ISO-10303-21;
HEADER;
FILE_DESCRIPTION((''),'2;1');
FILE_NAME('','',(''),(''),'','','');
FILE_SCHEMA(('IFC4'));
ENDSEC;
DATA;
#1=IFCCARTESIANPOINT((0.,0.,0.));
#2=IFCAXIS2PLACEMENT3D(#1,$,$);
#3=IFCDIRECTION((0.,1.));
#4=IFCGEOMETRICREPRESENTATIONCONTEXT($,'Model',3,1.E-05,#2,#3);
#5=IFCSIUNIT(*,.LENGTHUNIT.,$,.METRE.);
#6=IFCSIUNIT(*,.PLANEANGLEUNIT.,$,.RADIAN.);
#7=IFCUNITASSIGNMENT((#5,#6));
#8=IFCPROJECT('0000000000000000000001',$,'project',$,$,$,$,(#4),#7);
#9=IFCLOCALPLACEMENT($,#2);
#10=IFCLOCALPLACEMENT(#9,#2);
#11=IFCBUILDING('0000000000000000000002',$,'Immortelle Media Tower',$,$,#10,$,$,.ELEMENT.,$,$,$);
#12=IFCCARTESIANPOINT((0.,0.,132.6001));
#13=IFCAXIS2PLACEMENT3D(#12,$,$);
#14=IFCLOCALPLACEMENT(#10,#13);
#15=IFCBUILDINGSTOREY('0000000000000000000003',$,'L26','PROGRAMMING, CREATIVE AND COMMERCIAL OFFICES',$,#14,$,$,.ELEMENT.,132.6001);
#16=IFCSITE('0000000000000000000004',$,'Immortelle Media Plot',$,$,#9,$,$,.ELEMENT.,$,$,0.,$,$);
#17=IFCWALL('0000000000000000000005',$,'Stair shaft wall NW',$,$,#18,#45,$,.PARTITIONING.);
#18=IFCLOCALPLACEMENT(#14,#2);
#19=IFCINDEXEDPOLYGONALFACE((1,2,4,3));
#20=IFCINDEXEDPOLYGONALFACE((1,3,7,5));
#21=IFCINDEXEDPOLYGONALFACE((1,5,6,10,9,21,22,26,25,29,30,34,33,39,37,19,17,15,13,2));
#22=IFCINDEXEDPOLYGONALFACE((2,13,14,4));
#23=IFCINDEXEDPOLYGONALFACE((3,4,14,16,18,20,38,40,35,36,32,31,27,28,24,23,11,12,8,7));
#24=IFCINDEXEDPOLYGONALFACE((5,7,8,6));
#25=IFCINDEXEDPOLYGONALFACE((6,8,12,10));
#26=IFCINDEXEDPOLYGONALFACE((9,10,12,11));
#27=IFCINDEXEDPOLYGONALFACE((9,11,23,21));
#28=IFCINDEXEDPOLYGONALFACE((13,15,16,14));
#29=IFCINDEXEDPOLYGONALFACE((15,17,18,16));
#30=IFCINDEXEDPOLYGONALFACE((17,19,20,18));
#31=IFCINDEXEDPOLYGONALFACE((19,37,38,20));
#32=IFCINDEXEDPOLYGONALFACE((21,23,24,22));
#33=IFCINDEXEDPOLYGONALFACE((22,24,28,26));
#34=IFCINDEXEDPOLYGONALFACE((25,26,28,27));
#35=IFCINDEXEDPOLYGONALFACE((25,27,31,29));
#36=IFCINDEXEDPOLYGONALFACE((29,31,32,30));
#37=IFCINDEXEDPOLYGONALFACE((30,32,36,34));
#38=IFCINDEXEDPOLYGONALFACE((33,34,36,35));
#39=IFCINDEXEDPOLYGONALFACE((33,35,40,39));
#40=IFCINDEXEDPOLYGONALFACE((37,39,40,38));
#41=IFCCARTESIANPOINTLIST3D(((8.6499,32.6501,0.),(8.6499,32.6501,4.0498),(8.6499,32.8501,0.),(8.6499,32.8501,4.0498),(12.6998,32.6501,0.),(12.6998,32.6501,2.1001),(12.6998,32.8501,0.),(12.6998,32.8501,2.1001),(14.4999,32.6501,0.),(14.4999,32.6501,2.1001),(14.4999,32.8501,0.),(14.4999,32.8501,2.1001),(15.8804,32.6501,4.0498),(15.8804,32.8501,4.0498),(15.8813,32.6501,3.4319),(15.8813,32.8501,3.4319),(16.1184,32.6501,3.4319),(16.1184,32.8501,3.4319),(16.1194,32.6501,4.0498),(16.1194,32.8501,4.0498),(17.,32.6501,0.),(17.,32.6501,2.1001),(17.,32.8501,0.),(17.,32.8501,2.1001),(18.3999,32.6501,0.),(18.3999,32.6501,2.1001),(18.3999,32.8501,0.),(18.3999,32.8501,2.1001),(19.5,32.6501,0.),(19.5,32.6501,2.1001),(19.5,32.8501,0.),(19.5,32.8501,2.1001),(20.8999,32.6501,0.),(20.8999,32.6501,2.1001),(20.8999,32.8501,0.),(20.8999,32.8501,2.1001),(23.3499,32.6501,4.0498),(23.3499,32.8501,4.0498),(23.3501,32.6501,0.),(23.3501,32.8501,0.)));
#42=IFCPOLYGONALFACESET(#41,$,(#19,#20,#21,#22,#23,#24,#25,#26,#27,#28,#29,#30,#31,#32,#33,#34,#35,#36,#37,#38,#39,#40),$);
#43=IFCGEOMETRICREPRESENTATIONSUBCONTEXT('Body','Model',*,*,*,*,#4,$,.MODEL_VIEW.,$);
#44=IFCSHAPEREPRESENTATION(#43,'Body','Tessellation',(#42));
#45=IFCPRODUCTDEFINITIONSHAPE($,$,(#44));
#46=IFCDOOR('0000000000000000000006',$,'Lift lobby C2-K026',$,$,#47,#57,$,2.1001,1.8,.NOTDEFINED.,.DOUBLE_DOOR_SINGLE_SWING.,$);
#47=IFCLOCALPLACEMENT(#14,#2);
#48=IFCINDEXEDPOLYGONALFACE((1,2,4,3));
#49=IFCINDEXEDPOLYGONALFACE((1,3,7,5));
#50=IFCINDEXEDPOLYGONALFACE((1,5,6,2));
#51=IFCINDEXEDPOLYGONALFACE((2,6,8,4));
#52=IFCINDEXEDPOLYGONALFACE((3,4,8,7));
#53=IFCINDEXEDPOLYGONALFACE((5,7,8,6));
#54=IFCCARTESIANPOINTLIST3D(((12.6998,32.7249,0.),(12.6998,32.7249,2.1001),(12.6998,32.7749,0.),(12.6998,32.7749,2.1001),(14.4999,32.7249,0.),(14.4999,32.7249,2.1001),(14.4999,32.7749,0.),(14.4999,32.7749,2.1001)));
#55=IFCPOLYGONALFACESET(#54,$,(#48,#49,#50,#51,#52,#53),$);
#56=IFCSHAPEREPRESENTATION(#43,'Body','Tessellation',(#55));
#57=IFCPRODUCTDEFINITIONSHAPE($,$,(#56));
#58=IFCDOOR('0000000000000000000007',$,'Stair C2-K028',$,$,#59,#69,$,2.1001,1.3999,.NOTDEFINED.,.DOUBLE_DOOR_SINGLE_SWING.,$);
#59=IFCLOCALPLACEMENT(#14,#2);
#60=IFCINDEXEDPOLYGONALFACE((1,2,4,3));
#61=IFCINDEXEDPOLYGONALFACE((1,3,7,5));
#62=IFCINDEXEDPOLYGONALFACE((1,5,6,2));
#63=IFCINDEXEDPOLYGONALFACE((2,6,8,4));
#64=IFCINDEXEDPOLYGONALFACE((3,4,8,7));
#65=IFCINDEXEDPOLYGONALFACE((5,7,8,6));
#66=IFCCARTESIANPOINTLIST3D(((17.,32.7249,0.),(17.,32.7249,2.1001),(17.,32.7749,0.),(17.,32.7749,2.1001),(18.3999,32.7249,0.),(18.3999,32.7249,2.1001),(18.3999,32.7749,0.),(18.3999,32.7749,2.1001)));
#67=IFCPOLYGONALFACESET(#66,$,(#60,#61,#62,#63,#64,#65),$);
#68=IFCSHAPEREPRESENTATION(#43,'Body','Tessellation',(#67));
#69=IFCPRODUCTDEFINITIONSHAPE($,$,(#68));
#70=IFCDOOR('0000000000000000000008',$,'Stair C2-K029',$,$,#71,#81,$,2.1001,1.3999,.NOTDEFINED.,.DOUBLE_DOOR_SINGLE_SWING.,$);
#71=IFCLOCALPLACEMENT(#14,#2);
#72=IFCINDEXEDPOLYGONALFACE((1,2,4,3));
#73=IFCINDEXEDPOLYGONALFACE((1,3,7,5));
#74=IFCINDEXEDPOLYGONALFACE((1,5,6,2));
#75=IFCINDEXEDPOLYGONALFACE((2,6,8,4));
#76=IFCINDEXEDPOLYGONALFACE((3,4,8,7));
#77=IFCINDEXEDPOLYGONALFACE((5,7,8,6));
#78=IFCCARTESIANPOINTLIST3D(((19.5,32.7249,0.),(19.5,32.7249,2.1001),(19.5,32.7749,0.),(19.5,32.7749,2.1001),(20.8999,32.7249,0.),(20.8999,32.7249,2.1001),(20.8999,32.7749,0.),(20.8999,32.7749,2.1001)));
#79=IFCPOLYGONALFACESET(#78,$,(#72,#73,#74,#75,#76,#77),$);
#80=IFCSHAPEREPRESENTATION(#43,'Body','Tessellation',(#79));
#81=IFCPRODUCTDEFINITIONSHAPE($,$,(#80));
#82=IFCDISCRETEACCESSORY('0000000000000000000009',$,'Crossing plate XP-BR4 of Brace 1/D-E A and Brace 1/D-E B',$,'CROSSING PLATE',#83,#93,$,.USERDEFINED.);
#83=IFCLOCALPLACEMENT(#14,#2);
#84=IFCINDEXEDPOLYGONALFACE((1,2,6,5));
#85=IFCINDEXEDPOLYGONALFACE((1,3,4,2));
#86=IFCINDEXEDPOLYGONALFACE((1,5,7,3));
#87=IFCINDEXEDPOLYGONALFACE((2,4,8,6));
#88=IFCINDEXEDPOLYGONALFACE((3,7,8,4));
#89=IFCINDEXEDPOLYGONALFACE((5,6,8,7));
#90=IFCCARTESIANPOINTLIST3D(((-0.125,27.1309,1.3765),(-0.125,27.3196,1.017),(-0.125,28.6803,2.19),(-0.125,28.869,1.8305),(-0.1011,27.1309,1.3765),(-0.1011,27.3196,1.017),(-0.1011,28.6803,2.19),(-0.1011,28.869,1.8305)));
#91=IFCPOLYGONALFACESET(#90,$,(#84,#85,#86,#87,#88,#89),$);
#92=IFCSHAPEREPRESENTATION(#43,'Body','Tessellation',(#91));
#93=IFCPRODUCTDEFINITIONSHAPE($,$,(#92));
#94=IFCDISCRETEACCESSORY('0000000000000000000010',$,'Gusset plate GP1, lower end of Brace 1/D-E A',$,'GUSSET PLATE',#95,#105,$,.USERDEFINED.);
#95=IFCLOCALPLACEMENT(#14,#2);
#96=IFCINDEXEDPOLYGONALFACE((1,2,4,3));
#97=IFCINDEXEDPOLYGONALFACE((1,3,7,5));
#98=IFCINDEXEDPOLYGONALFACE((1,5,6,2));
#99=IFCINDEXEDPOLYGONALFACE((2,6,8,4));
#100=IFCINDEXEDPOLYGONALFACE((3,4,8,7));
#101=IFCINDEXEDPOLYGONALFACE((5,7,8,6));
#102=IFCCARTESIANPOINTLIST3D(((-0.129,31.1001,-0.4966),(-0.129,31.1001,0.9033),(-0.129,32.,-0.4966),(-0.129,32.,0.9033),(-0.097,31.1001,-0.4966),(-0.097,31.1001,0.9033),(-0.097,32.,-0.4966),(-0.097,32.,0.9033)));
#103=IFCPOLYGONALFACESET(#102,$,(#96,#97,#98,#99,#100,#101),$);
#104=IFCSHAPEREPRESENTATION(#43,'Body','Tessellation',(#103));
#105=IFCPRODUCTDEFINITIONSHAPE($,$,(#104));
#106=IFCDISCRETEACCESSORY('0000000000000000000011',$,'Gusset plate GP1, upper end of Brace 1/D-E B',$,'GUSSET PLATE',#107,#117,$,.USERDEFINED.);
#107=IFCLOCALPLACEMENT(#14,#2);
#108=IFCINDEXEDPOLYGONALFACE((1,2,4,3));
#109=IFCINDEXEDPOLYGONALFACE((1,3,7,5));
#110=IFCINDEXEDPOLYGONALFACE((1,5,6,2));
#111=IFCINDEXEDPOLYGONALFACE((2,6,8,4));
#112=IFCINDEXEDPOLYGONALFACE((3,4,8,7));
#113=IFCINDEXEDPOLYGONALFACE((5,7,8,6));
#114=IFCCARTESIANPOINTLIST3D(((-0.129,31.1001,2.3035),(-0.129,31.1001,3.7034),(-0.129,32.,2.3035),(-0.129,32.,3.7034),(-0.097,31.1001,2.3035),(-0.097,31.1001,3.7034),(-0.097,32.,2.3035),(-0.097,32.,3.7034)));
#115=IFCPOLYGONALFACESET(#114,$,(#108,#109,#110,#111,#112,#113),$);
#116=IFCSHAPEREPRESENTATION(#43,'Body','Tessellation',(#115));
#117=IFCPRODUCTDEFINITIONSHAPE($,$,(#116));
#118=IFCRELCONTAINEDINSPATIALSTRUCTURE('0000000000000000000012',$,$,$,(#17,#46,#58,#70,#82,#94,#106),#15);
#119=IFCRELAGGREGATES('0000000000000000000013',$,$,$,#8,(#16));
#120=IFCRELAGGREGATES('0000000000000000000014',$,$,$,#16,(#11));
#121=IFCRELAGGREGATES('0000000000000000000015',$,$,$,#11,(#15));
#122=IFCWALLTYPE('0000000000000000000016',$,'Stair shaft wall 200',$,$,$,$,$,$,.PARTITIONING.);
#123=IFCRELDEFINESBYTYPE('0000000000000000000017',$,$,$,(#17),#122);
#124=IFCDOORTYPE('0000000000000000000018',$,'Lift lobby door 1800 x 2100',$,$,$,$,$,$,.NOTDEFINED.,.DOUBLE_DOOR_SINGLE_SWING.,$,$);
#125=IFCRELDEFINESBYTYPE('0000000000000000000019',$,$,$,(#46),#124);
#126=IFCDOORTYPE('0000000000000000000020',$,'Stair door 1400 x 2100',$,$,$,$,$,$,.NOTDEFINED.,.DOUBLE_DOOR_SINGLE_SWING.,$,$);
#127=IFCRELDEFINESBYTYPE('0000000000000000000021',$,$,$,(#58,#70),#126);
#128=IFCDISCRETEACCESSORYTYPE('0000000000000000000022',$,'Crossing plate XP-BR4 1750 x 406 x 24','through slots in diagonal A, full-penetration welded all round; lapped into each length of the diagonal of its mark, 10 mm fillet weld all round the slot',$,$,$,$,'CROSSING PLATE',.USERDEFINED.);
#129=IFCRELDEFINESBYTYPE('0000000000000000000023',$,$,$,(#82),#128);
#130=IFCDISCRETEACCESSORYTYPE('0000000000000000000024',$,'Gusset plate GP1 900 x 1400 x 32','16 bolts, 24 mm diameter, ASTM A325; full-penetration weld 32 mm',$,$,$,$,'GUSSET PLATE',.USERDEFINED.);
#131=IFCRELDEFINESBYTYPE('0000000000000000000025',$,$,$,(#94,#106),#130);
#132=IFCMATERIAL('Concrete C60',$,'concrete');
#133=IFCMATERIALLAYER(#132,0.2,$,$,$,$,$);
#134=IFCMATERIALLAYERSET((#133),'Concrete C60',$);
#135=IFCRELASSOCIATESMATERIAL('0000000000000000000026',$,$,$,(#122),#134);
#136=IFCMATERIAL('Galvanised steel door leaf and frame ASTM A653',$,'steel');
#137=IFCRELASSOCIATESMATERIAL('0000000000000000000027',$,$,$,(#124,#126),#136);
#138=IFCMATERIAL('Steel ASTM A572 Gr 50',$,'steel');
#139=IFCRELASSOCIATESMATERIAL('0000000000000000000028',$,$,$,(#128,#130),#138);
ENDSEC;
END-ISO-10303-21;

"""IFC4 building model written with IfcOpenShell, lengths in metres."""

from ifc_helpers import new_model, si_unit, direction, frame, frame_2d, origin, origin_2d, place, context, subcontext, project, spatial, polyline, rectangle, outline, extrude, material, layer, layer_set, material_profile, profile_set, type_object, element, fill, save


model = new_model("IFC4")

# Units and contexts
model_context = context("Model", 3, precision=1e-05, world=origin(), true_north=direction((0.0, 1.0)))
body_context = subcontext(model_context, "Body", "Model", "MODEL_VIEW")
ifc_project = project(units=[si_unit("LENGTHUNIT", "METRE"), si_unit("PLANEANGLEUNIT", "RADIAN")], contexts=[model_context])

# Site, building, storey
site_placement = place(None, origin())
site = spatial("IfcSite", under=ifc_project, at=site_placement, Name="Immortelle Media Plot", CompositionType="ELEMENT", RefElevation=0.0)
building_placement = place(site_placement, origin())
building = spatial("IfcBuilding", under=site, at=building_placement, Name="Immortelle Media Tower", CompositionType="ELEMENT")
storey_placement = place(building_placement, frame((0.0, 0.0, 132.6001)))
storey = spatial("IfcBuildingStorey", under=building, at=storey_placement, Name="L26", Description="PROGRAMMING, CREATIVE AND COMMERCIAL OFFICES", CompositionType="ELEMENT", Elevation=132.6001)

# Shared definitions
ifc_material_1 = material(Name="Galvanised steel door leaf and frame ASTM A653", Category="steel")

# Wall, openings, doors
ifc_material_2 = material(Name="Concrete C60", Category="concrete")
ifc_layer_1 = layer(ifc_material_2, 0.2)
ifc_layer_set_1 = layer_set([ifc_layer_1], Name="Concrete C60")
wall_type_1 = type_object("IfcWallType", Name="Stair shaft wall 200", PredefinedType="PARTITIONING", material=ifc_layer_set_1)
wall_1_placement = place(storey_placement, frame((8.6499, 32.75, 0.0), z_axis=(0.0, 0.0, 1.0), x_axis=(1.0, 0.0, 0.0)))
wall_1 = element("IfcWall", 1, at=wall_1_placement, inside=storey, type_object=wall_type_1, Name="Stair shaft wall NW", PredefinedType="PARTITIONING", context=body_context, shape_type="SweptSolid", body=[
    extrude(outline(polyline([(0.0, 0.0), (14.7002, 0.0), (14.7, 4.0498), (7.4695, 4.0498), (7.4685, 3.4319), (7.2314, 3.4319), (7.2305, 4.0498), (0.0, 4.0498), (0.0, 0.0)])), frame((0.0, 0.1001, 0.0), z_axis=(0.0, -1.0, 0.0), x_axis=(1.0, 0.0, 0.0)), (0.0, 0.0, 1.0), 0.2),
])
opening_1_placement = place(wall_1_placement, frame((4.05, 0.0, 0.0)))
opening_1 = element("IfcOpeningElement", 2, at=opening_1_placement, cuts=wall_1, PredefinedType="OPENING", context=body_context, shape_type="SweptSolid", body=[
    extrude(rectangle(XDim=1.8, YDim=2.1001, at=frame_2d((0.8999, 1.05))), frame((0.0, 0.1099, 0.0), z_axis=(0.0, -1.0, 0.0), x_axis=(1.0, 0.0, 0.0)), (0.0, 0.0, 1.0), 0.22),
])
opening_2_placement = place(wall_1_placement, frame((8.3501, 0.0, 0.0)))
opening_2 = element("IfcOpeningElement", 3, at=opening_2_placement, cuts=wall_1, PredefinedType="OPENING", context=body_context, shape_type="SweptSolid", body=[
    extrude(rectangle(XDim=1.3999, YDim=2.1001, at=frame_2d((0.7, 1.05))), frame((0.0, 0.1099, 0.0), z_axis=(0.0, -1.0, 0.0), x_axis=(1.0, 0.0, 0.0)), (0.0, 0.0, 1.0), 0.22),
])
opening_3_placement = place(wall_1_placement, frame((10.8501, 0.0, 0.0)))
opening_3 = element("IfcOpeningElement", 4, at=opening_3_placement, cuts=wall_1, PredefinedType="OPENING", context=body_context, shape_type="SweptSolid", body=[
    extrude(rectangle(XDim=1.3999, YDim=2.1001, at=frame_2d((0.7, 1.05))), frame((0.0, 0.1099, 0.0), z_axis=(0.0, -1.0, 0.0), x_axis=(1.0, 0.0, 0.0)), (0.0, 0.0, 1.0), 0.22),
])
door_type_1 = type_object("IfcDoorType", Name="Lift lobby door 1800 x 2100", OperationType="DOUBLE_DOOR_SINGLE_SWING", PredefinedType="NOTDEFINED", material=ifc_material_1)
door_1_placement = place(opening_1_placement, origin())
door_1 = element("IfcDoor", 5, at=door_1_placement, inside=storey, type_object=door_type_1, Name="Lift lobby C2-K026", OperationType="DOUBLE_DOOR_SINGLE_SWING", OverallHeight=2.1001, OverallWidth=1.8, PredefinedType="NOTDEFINED", context=body_context, shape_type="SweptSolid", body=[
    extrude(rectangle(XDim=1.8, YDim=2.1001, at=frame_2d((0.8999, 1.05))), frame((0.0, 0.0249, 0.0), z_axis=(0.0, -1.0, 0.0), x_axis=(1.0, 0.0, 0.0)), (0.0, 0.0, 1.0), 0.05),
])
fill(opening_1, door_1)
door_type_2 = type_object("IfcDoorType", Name="Stair door 1400 x 2100", OperationType="DOUBLE_DOOR_SINGLE_SWING", PredefinedType="NOTDEFINED", material=ifc_material_1)
door_2_placement = place(opening_2_placement, origin())
door_2 = element("IfcDoor", 6, at=door_2_placement, inside=storey, type_object=door_type_2, Name="Stair C2-K028", OperationType="DOUBLE_DOOR_SINGLE_SWING", OverallHeight=2.1001, OverallWidth=1.3999, PredefinedType="NOTDEFINED", context=body_context, shape_type="SweptSolid", body=[
    extrude(rectangle(XDim=1.3999, YDim=2.1001, at=frame_2d((0.7, 1.05))), frame((0.0, 0.0249, 0.0), z_axis=(0.0, -1.0, 0.0), x_axis=(1.0, 0.0, 0.0)), (0.0, 0.0, 1.0), 0.05),
])
fill(opening_2, door_2)
door_3_placement = place(opening_3_placement, origin())
door_3 = element("IfcDoor", 7, at=door_3_placement, inside=storey, type_object=door_type_2, Name="Stair C2-K029", OperationType="DOUBLE_DOOR_SINGLE_SWING", OverallHeight=2.1001, OverallWidth=1.3999, PredefinedType="NOTDEFINED", context=body_context, shape_type="SweptSolid", body=[
    extrude(rectangle(XDim=1.3999, YDim=2.1001, at=frame_2d((0.7, 1.05))), frame((0.0, 0.0249, 0.0), z_axis=(0.0, -1.0, 0.0), x_axis=(1.0, 0.0, 0.0)), (0.0, 0.0, 1.0), 0.05),
])
fill(opening_3, door_3)

# Discrete accessories
ifc_material_3 = material(Name="Steel ASTM A572 Gr 50", Category="steel")
ifc_material_profile_1 = material_profile(ifc_material_3, rectangle(XDim=0.0239, YDim=0.406, at=origin_2d()), Name="PL 24 x 406")
ifc_profile_set_1 = profile_set([ifc_material_profile_1], Name="Steel ASTM A572 Gr 50")
discrete_accessory_type_1 = type_object("IfcDiscreteAccessoryType", Name="Crossing plate XP-BR4 1750 x 406 x 24", Description="through slots in diagonal A, full-penetration welded all round; lapped into each length of the diagonal of its mark, 10 mm fillet weld all round the slot", ElementType="CROSSING PLATE", PredefinedType="USERDEFINED", material=ifc_profile_set_1)
discrete_accessory_placement = place(storey_placement, frame((-0.113, 28.7747, 2.0103), z_axis=(0.0, -0.885378, -0.464872), x_axis=(1.0, 0.0, 0.0)))
element("IfcDiscreteAccessory", 8, at=discrete_accessory_placement, inside=storey, type_object=discrete_accessory_type_1, Name="Crossing plate XP-BR4 of Brace 1/D-E A and Brace 1/D-E B", ObjectType="CROSSING PLATE", PredefinedType="USERDEFINED", context=body_context, shape_type="SweptSolid", body=[
    extrude(rectangle(XDim=0.0239, YDim=0.406, at=origin_2d()), origin(), (0.0, 0.0, 1.0), 1.75),
])
ifc_material_profile_2 = material_profile(ifc_material_3, rectangle(XDim=0.032, YDim=1.3999, at=origin_2d()), Name="PL 32 x 1400")
ifc_profile_set_2 = profile_set([ifc_material_profile_2], Name="Steel ASTM A572 Gr 50")
discrete_accessory_type_2 = type_object("IfcDiscreteAccessoryType", Name="Gusset plate GP1 900 x 1400 x 32", Description="16 bolts, 24 mm diameter, ASTM A325; full-penetration weld 32 mm", ElementType="GUSSET PLATE", PredefinedType="USERDEFINED", material=ifc_profile_set_2)
for number, where, z_axis, x_axis, name in (
    (9, (-0.113, 32.0, 0.2034), (0.0, -1.0, 0.0), (1.0, 0.0, 0.0), "Gusset plate GP1, lower end of Brace 1/D-E A"),
    (10, (-0.113, 32.0, 3.0034), (0.0, -1.0, 0.0), (1.0, 0.0, 0.0), "Gusset plate GP1, upper end of Brace 1/D-E B"),
):
    element("IfcDiscreteAccessory", number, at=place(storey_placement, frame(where, z_axis=z_axis, x_axis=x_axis)), inside=storey, type_object=discrete_accessory_type_2, Name=name, ObjectType="GUSSET PLATE", PredefinedType="USERDEFINED", context=body_context, shape_type="SweptSolid", body=[
        extrude(rectangle(XDim=0.032, YDim=1.3999, at=origin_2d()), origin(), (0.0, 0.0, 1.0), 0.8999),
    ])

save(model, "model.ifc")
